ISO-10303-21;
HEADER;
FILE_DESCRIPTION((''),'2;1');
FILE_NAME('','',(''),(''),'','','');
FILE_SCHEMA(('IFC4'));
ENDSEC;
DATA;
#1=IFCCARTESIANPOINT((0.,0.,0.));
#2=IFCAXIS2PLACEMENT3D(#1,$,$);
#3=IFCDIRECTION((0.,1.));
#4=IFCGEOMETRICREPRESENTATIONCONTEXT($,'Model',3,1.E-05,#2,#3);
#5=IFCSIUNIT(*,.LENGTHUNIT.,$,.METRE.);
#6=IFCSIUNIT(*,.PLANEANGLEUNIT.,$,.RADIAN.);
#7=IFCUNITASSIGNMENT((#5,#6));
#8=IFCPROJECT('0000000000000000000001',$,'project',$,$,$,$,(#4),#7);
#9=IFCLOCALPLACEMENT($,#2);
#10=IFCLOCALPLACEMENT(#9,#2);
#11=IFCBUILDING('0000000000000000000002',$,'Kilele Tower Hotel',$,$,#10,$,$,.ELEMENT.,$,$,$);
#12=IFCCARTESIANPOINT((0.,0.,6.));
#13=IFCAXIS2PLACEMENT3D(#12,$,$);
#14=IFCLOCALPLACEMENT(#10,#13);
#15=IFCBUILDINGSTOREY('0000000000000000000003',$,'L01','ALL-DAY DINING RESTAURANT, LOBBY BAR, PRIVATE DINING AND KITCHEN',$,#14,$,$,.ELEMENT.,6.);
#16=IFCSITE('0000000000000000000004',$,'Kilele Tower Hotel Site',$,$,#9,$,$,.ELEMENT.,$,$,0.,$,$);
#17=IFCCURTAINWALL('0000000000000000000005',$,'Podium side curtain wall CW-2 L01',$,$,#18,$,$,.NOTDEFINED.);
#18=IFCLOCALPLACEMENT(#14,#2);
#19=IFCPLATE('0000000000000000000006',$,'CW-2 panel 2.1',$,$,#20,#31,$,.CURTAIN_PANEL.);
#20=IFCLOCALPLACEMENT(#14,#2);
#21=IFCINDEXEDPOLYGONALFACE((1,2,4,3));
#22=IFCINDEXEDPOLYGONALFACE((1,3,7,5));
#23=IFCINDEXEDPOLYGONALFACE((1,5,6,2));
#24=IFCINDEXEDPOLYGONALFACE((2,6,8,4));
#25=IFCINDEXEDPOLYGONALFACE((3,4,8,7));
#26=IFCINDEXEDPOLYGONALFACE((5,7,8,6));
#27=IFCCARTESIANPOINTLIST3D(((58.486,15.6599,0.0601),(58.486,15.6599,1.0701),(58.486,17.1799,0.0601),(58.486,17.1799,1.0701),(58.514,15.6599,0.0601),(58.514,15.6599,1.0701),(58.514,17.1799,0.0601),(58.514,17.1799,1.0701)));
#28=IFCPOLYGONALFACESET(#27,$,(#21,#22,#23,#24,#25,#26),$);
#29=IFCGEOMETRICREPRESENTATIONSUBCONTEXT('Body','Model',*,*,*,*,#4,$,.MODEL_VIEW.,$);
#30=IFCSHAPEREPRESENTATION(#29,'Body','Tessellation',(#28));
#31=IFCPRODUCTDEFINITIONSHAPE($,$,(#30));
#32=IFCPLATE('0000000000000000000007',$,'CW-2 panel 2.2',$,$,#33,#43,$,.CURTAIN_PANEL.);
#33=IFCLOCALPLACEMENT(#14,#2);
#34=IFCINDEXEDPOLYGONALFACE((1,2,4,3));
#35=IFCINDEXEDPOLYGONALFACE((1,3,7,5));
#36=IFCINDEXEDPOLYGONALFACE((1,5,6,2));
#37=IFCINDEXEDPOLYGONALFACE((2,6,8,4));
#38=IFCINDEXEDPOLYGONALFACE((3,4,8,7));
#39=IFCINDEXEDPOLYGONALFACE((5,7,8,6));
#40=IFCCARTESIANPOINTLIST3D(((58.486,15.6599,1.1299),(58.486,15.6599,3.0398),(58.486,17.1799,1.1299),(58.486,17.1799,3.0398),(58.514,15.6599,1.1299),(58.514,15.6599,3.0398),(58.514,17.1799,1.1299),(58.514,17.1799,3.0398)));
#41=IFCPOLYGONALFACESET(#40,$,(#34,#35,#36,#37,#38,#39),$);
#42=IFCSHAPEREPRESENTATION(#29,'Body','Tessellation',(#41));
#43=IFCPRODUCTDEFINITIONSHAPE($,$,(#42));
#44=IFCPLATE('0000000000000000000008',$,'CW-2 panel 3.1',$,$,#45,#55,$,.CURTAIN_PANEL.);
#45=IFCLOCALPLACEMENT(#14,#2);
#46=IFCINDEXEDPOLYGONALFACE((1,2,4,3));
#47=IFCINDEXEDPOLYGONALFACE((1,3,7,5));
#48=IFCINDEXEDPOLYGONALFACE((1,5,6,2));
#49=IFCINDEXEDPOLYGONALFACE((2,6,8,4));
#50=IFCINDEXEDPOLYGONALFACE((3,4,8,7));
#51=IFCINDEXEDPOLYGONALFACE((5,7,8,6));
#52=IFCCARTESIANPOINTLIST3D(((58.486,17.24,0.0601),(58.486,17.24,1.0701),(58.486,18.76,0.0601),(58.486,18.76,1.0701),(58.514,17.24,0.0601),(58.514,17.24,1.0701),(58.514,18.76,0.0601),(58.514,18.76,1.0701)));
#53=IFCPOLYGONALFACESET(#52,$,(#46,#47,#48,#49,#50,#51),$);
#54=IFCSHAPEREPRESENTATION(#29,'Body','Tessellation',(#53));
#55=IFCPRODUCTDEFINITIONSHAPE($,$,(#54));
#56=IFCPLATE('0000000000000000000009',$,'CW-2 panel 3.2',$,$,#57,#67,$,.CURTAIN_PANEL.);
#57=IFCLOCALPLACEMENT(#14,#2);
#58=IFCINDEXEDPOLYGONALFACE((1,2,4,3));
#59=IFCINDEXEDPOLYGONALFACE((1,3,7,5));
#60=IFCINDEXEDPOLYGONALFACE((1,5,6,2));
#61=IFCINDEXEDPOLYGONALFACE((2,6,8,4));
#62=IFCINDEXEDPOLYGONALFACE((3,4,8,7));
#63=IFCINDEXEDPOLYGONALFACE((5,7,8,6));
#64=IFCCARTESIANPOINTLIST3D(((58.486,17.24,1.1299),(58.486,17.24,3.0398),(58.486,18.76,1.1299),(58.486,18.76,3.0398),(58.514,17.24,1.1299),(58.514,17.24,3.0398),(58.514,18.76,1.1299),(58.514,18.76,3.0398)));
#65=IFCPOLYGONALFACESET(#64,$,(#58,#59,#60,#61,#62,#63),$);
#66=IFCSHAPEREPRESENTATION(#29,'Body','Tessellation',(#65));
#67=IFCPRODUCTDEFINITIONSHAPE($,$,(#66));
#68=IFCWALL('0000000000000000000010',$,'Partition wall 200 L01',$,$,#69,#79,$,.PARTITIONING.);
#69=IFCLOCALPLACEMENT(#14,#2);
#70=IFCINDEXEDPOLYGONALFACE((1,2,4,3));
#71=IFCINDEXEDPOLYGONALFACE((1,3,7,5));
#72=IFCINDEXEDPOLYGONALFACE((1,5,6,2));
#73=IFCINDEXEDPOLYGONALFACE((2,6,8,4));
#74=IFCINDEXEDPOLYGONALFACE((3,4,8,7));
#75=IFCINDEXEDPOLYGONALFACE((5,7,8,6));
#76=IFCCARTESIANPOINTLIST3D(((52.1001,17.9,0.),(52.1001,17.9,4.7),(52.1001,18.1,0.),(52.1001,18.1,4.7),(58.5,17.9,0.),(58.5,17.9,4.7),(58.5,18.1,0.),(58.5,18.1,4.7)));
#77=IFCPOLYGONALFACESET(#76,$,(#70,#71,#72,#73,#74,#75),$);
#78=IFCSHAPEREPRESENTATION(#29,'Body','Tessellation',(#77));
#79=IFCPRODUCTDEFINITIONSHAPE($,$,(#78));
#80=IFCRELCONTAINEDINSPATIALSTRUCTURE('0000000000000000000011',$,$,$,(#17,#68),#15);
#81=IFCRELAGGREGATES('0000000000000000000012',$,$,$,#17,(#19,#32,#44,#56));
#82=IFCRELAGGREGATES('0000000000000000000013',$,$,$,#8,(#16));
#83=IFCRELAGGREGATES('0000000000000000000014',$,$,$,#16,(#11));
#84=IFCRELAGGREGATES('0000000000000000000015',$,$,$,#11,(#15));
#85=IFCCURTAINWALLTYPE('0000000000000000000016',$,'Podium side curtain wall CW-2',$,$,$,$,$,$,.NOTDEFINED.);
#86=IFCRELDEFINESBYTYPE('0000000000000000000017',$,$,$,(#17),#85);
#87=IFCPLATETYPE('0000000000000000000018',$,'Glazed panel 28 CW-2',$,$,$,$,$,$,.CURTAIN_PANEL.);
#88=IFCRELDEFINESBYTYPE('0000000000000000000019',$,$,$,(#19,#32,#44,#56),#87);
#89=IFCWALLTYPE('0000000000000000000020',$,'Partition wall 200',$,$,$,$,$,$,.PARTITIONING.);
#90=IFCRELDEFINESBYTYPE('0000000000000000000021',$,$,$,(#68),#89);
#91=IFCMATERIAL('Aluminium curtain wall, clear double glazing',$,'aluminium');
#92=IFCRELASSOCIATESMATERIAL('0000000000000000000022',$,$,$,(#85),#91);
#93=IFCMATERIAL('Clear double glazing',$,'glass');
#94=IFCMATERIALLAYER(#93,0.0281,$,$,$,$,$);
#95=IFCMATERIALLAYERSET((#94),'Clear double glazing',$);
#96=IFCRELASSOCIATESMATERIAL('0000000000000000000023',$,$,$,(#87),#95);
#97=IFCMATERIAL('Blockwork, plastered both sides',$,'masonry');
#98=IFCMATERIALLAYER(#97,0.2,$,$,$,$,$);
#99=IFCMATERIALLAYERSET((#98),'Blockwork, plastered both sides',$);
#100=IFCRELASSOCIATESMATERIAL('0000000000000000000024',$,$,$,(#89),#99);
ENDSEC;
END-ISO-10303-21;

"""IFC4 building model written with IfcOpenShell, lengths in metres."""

from ifc_helpers import new_model, si_unit, direction, frame, frame_2d, origin, origin_2d, place, context, subcontext, project, spatial, rectangle, extrude, material, layer, layer_set, type_object, element, aggregate, save


model = new_model("IFC4")

# Units and contexts
model_context = context("Model", 3, precision=1e-05, world=origin(), true_north=direction((0.0, 1.0)))
body_context = subcontext(model_context, "Body", "Model", "MODEL_VIEW")
ifc_project = project(units=[si_unit("LENGTHUNIT", "METRE"), si_unit("PLANEANGLEUNIT", "RADIAN")], contexts=[model_context])

# Site, building, storey
site_placement = place(None, origin())
site = spatial("IfcSite", under=ifc_project, at=site_placement, Name="Kilele Tower Hotel Site", CompositionType="ELEMENT", RefElevation=0.0)
building_placement = place(site_placement, origin())
building = spatial("IfcBuilding", under=site, at=building_placement, Name="Kilele Tower Hotel", CompositionType="ELEMENT")
storey_placement = place(building_placement, frame((0.0, 0.0, 6.0)))
storey = spatial("IfcBuildingStorey", under=building, at=storey_placement, Name="L01", Description="ALL-DAY DINING RESTAURANT, LOBBY BAR, PRIVATE DINING AND KITCHEN", CompositionType="ELEMENT", Elevation=6.0)

# Shared definitions
ifc_material_1 = material(Name="Aluminium curtain wall, clear double glazing", Category="aluminium")
curtain_wall_type = type_object("IfcCurtainWallType", Name="Podium side curtain wall CW-2", PredefinedType="NOTDEFINED", material=ifc_material_1)

# Curtain wall
curtain_wall_1_placement = place(storey_placement, origin())
curtain_wall_1 = element("IfcCurtainWall", 1, at=curtain_wall_1_placement, inside=storey, type_object=curtain_wall_type, Name="Podium side curtain wall CW-2 L01", PredefinedType="NOTDEFINED")

# Plates
ifc_material_2 = material(Name="Clear double glazing", Category="glass")
ifc_layer_1 = layer(ifc_material_2, 0.0281)
ifc_layer_set_1 = layer_set([ifc_layer_1], Name="Clear double glazing")
plate_type = type_object("IfcPlateType", Name="Glazed panel 28 CW-2", PredefinedType="CURTAIN_PANEL", material=ifc_layer_set_1)
plate_1_placement = place(storey_placement, frame((58.5, 16.4199, 0.0601), z_axis=(0.0, 0.0, 1.0), x_axis=(0.0, 1.0, 0.0)))
plate_1 = element("IfcPlate", 2, at=plate_1_placement, type_object=plate_type, Name="CW-2 panel 2.1", PredefinedType="CURTAIN_PANEL", context=body_context, shape_type="SweptSolid", body=[
    extrude(rectangle(XDim=1.52, YDim=0.0281, at=origin_2d()), origin(), (0.0, 0.0, 1.0), 1.01),
])
plate_2_placement = place(storey_placement, frame((58.5, 16.4199, 1.1299), z_axis=(0.0, 0.0, 1.0), x_axis=(0.0, 1.0, 0.0)))
plate_2 = element("IfcPlate", 3, at=plate_2_placement, type_object=plate_type, Name="CW-2 panel 2.2", PredefinedType="CURTAIN_PANEL", context=body_context, shape_type="SweptSolid", body=[
    extrude(rectangle(XDim=1.52, YDim=0.0281, at=origin_2d()), origin(), (0.0, 0.0, 1.0), 1.9099),
])
plate_3_placement = place(storey_placement, frame((58.5, 18.0, 0.0601), z_axis=(0.0, 0.0, 1.0), x_axis=(0.0, 1.0, 0.0)))
plate_3 = element("IfcPlate", 4, at=plate_3_placement, type_object=plate_type, Name="CW-2 panel 3.1", PredefinedType="CURTAIN_PANEL", context=body_context, shape_type="SweptSolid", body=[
    extrude(rectangle(XDim=1.52, YDim=0.0281, at=origin_2d()), origin(), (0.0, 0.0, 1.0), 1.01),
])
plate_4_placement = place(storey_placement, frame((58.5, 18.0, 1.1299), z_axis=(0.0, 0.0, 1.0), x_axis=(0.0, 1.0, 0.0)))
plate_4 = element("IfcPlate", 5, at=plate_4_placement, type_object=plate_type, Name="CW-2 panel 3.2", PredefinedType="CURTAIN_PANEL", context=body_context, shape_type="SweptSolid", body=[
    extrude(rectangle(XDim=1.52, YDim=0.0281, at=origin_2d()), origin(), (0.0, 0.0, 1.0), 1.9099),
])
aggregate(curtain_wall_1, [plate_1, plate_2, plate_3, plate_4])

# Wall
ifc_material_3 = material(Name="Blockwork, plastered both sides", Category="masonry")
ifc_layer_2 = layer(ifc_material_3, 0.2)
ifc_layer_set_2 = layer_set([ifc_layer_2], Name="Blockwork, plastered both sides")
wall_type = type_object("IfcWallType", Name="Partition wall 200", PredefinedType="PARTITIONING", material=ifc_layer_set_2)
wall_placement = place(storey_placement, frame((52.1001, 18.0, 0.0), z_axis=(0.0, 0.0, 1.0), x_axis=(1.0, 0.0, 0.0)))
element("IfcWall", 6, at=wall_placement, inside=storey, type_object=wall_type, Name="Partition wall 200 L01", PredefinedType="PARTITIONING", context=body_context, shape_type="SweptSolid", body=[
    extrude(rectangle(XDim=6.3999, YDim=0.2, at=frame_2d((3.2, 0.0))), origin(), (0.0, 0.0, 1.0), 4.7),
])

save(model, "model.ifc")
